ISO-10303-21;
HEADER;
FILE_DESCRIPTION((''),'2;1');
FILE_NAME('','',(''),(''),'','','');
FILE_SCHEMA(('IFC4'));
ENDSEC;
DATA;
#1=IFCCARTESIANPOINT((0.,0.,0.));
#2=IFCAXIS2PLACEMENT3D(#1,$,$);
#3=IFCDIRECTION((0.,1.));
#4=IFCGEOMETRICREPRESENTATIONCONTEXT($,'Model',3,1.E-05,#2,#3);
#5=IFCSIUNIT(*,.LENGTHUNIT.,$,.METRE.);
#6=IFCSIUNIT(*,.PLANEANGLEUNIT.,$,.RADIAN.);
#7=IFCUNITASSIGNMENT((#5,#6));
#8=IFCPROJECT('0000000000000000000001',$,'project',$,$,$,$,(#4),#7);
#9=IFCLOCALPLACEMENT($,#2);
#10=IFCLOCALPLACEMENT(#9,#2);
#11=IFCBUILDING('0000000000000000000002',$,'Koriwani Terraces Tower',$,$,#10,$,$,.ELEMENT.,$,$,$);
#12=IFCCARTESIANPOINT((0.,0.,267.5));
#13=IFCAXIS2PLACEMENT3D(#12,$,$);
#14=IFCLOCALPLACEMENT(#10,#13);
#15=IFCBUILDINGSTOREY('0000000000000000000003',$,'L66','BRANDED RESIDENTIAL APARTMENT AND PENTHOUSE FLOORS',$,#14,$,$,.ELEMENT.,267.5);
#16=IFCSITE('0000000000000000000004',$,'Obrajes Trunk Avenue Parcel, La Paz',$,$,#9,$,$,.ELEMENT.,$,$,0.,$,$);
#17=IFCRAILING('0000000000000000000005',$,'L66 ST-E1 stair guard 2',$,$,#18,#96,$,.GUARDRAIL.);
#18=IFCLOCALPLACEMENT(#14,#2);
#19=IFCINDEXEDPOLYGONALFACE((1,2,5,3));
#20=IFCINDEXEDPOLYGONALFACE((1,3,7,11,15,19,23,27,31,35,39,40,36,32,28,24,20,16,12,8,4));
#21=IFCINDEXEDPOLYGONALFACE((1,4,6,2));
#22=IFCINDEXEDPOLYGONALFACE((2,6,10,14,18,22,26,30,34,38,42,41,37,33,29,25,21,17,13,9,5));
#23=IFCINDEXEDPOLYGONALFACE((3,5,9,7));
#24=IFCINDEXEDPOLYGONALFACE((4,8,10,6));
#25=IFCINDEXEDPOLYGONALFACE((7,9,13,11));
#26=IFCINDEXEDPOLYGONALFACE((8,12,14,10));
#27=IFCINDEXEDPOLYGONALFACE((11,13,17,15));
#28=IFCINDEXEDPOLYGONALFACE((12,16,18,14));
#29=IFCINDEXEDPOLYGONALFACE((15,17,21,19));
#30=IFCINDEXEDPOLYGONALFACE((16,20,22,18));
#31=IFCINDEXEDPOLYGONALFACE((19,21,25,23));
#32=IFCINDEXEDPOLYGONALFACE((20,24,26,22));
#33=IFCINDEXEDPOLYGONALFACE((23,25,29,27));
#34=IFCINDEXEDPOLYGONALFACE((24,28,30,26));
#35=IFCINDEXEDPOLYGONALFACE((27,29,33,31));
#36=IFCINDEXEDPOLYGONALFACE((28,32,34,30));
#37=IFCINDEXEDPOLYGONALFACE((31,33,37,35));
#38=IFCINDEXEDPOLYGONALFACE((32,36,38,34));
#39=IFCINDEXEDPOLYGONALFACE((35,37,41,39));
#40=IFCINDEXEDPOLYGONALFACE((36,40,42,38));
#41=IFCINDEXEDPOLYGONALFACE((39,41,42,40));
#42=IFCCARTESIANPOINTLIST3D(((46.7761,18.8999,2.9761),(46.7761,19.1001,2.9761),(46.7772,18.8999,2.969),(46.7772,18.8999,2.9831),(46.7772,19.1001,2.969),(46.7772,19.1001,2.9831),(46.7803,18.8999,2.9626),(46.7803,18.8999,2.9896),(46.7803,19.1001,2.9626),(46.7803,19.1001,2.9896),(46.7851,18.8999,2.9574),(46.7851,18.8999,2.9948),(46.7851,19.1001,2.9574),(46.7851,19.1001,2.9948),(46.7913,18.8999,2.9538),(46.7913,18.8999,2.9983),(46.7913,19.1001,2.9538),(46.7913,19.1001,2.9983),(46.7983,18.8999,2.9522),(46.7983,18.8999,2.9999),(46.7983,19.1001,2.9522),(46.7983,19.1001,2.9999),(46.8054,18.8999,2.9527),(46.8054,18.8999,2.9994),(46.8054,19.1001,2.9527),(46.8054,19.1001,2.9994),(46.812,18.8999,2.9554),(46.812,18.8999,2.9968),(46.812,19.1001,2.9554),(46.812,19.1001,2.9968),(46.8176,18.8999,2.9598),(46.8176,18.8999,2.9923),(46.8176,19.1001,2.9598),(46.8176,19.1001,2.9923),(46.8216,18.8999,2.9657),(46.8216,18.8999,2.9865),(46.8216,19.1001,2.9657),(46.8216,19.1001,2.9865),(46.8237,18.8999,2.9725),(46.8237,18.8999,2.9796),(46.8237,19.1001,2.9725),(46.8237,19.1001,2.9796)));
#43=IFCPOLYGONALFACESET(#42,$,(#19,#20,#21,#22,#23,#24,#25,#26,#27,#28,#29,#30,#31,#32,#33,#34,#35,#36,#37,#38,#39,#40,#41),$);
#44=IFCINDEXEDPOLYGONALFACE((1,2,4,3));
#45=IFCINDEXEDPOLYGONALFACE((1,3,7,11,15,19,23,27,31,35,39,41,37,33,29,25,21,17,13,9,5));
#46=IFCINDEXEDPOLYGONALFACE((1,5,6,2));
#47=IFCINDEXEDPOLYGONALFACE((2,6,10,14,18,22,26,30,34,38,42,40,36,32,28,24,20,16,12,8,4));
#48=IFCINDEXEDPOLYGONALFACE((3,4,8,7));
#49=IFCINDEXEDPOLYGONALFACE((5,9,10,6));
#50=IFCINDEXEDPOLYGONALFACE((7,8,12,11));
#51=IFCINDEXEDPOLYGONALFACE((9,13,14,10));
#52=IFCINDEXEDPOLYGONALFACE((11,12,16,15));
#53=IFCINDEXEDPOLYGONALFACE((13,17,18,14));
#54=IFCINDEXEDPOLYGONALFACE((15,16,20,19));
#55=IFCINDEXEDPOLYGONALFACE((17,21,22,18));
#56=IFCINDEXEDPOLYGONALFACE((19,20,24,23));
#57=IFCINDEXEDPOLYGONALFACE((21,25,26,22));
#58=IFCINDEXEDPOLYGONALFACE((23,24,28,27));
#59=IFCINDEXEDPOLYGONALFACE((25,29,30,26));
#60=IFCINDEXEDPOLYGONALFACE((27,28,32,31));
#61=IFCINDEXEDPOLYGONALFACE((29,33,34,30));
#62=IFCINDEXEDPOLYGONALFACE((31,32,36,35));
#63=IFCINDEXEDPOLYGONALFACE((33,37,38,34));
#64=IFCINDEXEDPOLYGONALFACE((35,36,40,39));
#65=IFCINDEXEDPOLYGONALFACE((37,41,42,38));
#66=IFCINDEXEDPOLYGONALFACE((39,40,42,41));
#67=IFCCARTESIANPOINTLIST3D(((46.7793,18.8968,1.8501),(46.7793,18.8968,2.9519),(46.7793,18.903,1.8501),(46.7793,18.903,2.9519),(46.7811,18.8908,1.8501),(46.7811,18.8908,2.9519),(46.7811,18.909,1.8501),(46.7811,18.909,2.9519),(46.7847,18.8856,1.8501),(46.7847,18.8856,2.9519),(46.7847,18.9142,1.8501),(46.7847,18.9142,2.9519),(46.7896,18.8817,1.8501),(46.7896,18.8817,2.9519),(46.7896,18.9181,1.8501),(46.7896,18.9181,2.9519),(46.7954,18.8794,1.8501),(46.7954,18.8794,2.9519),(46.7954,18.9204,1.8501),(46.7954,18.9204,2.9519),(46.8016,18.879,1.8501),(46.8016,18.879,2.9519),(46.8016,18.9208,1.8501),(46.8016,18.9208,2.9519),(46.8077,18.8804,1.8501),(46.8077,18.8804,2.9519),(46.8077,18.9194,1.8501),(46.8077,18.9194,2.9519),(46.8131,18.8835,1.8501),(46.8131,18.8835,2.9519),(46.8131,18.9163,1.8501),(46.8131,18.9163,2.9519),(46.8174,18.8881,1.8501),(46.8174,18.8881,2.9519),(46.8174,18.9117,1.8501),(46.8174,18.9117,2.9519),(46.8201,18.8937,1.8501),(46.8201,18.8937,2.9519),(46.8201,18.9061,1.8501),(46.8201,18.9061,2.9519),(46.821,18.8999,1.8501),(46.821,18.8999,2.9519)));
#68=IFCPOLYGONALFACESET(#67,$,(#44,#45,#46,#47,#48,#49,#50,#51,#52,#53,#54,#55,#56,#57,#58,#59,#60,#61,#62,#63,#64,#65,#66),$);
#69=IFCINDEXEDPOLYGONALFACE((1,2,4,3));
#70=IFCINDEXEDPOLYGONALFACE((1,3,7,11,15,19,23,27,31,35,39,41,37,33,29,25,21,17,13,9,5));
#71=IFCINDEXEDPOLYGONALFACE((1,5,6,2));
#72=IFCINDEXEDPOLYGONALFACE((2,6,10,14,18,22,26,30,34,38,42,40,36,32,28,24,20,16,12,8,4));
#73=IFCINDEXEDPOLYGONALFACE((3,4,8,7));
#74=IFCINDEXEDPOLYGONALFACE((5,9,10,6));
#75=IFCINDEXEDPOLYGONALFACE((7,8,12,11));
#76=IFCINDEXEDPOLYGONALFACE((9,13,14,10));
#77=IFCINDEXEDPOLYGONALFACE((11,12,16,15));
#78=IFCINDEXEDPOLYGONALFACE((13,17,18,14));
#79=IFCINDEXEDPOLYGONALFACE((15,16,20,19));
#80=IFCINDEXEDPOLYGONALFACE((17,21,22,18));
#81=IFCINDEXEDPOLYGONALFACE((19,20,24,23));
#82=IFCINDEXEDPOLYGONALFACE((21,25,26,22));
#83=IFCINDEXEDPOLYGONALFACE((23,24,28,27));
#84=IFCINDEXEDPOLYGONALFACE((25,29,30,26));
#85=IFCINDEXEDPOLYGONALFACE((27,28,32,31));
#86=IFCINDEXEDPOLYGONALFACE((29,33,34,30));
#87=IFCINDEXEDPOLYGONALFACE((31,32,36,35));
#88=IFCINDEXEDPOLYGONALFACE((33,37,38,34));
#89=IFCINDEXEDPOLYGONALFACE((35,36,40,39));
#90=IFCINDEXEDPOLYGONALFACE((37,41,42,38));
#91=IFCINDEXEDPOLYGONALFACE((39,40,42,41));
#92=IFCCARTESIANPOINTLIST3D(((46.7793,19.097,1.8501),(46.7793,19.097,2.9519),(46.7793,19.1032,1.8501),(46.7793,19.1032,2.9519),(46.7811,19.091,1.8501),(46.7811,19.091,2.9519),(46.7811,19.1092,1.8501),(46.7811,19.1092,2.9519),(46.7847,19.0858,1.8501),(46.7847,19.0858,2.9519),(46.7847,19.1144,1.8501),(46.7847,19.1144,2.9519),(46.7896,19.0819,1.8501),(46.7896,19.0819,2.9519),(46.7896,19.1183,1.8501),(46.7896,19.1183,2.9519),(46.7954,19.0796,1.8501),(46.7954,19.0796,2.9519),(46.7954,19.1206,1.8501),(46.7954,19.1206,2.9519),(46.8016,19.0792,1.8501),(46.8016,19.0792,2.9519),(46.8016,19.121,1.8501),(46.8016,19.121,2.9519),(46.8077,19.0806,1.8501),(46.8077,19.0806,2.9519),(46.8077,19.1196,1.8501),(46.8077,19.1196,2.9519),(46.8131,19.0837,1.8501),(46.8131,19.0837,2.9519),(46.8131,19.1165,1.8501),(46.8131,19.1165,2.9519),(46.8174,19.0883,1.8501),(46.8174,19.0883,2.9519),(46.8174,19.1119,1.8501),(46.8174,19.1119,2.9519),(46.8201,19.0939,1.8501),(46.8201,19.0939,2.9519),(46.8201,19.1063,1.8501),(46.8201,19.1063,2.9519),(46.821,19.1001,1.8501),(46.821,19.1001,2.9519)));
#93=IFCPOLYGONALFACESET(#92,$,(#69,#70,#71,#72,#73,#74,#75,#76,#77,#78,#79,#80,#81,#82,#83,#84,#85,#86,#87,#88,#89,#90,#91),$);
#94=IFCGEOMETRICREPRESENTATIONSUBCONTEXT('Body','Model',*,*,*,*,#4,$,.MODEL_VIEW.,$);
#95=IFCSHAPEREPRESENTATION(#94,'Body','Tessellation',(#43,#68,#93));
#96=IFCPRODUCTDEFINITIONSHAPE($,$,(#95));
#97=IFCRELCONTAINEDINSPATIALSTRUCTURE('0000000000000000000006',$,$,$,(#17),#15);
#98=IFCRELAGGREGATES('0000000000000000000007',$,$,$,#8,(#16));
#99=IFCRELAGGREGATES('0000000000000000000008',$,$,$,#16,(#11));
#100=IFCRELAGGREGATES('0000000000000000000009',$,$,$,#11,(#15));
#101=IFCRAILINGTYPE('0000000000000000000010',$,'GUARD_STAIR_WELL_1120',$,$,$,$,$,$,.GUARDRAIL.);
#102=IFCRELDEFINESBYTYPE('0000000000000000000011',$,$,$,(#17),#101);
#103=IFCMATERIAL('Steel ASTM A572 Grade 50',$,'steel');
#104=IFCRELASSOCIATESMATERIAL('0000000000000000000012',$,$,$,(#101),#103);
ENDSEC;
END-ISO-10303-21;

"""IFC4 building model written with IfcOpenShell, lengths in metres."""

from ifc_helpers import new_model, si_unit, direction, frame, origin, origin_2d, place, context, subcontext, project, spatial, circle, extrude, material, type_object, element, save


model = new_model("IFC4")

# Units and contexts
model_context = context("Model", 3, precision=1e-05, world=origin(), true_north=direction((0.0, 1.0)))
body_context = subcontext(model_context, "Body", "Model", "MODEL_VIEW")
ifc_project = project(units=[si_unit("LENGTHUNIT", "METRE"), si_unit("PLANEANGLEUNIT", "RADIAN")], contexts=[model_context])

# Site, building, storey
site_placement = place(None, origin())
site = spatial("IfcSite", under=ifc_project, at=site_placement, Name="Obrajes Trunk Avenue Parcel, La Paz", CompositionType="ELEMENT", RefElevation=0.0)
building_placement = place(site_placement, origin())
building = spatial("IfcBuilding", under=site, at=building_placement, Name="Koriwani Terraces Tower", CompositionType="ELEMENT")
storey_placement = place(building_placement, frame((0.0, 0.0, 267.5)))
storey = spatial("IfcBuildingStorey", under=building, at=storey_placement, Name="L66", Description="BRANDED RESIDENTIAL APARTMENT AND PENTHOUSE FLOORS", CompositionType="ELEMENT", Elevation=267.5)

# Shared definitions
ifc_material_1 = material(Name="Steel ASTM A572 Grade 50", Category="steel")

# Railing
railing_type_1 = type_object("IfcRailingType", Name="GUARD_STAIR_WELL_1120", PredefinedType="GUARDRAIL", material=ifc_material_1)
railing_1_placement = place(storey_placement, frame((46.8, 18.8999, 1.8501)))
element("IfcRailing", 1, at=railing_1_placement, inside=storey, type_object=railing_type_1, Name="L66 ST-E1 stair guard 2", PredefinedType="GUARDRAIL", context=body_context, shape_type="SweptSolid", body=[
    extrude(circle(Radius=0.0239, at=origin_2d()), frame((0.0, 0.0, 1.126), z_axis=(0.0, 1.0, 0.0), x_axis=(-1.0, 0.0, 0.0)), (0.0, 0.0, 1.0), 0.2002),
    extrude(circle(Radius=0.021, at=origin_2d()), origin(), (0.0, 0.0, 1.0), 1.1018),
    extrude(circle(Radius=0.021, at=origin_2d()), frame((0.0, 0.2002, 0.0)), (0.0, 0.0, 1.0), 1.1018),
])

save(model, "model.ifc")
